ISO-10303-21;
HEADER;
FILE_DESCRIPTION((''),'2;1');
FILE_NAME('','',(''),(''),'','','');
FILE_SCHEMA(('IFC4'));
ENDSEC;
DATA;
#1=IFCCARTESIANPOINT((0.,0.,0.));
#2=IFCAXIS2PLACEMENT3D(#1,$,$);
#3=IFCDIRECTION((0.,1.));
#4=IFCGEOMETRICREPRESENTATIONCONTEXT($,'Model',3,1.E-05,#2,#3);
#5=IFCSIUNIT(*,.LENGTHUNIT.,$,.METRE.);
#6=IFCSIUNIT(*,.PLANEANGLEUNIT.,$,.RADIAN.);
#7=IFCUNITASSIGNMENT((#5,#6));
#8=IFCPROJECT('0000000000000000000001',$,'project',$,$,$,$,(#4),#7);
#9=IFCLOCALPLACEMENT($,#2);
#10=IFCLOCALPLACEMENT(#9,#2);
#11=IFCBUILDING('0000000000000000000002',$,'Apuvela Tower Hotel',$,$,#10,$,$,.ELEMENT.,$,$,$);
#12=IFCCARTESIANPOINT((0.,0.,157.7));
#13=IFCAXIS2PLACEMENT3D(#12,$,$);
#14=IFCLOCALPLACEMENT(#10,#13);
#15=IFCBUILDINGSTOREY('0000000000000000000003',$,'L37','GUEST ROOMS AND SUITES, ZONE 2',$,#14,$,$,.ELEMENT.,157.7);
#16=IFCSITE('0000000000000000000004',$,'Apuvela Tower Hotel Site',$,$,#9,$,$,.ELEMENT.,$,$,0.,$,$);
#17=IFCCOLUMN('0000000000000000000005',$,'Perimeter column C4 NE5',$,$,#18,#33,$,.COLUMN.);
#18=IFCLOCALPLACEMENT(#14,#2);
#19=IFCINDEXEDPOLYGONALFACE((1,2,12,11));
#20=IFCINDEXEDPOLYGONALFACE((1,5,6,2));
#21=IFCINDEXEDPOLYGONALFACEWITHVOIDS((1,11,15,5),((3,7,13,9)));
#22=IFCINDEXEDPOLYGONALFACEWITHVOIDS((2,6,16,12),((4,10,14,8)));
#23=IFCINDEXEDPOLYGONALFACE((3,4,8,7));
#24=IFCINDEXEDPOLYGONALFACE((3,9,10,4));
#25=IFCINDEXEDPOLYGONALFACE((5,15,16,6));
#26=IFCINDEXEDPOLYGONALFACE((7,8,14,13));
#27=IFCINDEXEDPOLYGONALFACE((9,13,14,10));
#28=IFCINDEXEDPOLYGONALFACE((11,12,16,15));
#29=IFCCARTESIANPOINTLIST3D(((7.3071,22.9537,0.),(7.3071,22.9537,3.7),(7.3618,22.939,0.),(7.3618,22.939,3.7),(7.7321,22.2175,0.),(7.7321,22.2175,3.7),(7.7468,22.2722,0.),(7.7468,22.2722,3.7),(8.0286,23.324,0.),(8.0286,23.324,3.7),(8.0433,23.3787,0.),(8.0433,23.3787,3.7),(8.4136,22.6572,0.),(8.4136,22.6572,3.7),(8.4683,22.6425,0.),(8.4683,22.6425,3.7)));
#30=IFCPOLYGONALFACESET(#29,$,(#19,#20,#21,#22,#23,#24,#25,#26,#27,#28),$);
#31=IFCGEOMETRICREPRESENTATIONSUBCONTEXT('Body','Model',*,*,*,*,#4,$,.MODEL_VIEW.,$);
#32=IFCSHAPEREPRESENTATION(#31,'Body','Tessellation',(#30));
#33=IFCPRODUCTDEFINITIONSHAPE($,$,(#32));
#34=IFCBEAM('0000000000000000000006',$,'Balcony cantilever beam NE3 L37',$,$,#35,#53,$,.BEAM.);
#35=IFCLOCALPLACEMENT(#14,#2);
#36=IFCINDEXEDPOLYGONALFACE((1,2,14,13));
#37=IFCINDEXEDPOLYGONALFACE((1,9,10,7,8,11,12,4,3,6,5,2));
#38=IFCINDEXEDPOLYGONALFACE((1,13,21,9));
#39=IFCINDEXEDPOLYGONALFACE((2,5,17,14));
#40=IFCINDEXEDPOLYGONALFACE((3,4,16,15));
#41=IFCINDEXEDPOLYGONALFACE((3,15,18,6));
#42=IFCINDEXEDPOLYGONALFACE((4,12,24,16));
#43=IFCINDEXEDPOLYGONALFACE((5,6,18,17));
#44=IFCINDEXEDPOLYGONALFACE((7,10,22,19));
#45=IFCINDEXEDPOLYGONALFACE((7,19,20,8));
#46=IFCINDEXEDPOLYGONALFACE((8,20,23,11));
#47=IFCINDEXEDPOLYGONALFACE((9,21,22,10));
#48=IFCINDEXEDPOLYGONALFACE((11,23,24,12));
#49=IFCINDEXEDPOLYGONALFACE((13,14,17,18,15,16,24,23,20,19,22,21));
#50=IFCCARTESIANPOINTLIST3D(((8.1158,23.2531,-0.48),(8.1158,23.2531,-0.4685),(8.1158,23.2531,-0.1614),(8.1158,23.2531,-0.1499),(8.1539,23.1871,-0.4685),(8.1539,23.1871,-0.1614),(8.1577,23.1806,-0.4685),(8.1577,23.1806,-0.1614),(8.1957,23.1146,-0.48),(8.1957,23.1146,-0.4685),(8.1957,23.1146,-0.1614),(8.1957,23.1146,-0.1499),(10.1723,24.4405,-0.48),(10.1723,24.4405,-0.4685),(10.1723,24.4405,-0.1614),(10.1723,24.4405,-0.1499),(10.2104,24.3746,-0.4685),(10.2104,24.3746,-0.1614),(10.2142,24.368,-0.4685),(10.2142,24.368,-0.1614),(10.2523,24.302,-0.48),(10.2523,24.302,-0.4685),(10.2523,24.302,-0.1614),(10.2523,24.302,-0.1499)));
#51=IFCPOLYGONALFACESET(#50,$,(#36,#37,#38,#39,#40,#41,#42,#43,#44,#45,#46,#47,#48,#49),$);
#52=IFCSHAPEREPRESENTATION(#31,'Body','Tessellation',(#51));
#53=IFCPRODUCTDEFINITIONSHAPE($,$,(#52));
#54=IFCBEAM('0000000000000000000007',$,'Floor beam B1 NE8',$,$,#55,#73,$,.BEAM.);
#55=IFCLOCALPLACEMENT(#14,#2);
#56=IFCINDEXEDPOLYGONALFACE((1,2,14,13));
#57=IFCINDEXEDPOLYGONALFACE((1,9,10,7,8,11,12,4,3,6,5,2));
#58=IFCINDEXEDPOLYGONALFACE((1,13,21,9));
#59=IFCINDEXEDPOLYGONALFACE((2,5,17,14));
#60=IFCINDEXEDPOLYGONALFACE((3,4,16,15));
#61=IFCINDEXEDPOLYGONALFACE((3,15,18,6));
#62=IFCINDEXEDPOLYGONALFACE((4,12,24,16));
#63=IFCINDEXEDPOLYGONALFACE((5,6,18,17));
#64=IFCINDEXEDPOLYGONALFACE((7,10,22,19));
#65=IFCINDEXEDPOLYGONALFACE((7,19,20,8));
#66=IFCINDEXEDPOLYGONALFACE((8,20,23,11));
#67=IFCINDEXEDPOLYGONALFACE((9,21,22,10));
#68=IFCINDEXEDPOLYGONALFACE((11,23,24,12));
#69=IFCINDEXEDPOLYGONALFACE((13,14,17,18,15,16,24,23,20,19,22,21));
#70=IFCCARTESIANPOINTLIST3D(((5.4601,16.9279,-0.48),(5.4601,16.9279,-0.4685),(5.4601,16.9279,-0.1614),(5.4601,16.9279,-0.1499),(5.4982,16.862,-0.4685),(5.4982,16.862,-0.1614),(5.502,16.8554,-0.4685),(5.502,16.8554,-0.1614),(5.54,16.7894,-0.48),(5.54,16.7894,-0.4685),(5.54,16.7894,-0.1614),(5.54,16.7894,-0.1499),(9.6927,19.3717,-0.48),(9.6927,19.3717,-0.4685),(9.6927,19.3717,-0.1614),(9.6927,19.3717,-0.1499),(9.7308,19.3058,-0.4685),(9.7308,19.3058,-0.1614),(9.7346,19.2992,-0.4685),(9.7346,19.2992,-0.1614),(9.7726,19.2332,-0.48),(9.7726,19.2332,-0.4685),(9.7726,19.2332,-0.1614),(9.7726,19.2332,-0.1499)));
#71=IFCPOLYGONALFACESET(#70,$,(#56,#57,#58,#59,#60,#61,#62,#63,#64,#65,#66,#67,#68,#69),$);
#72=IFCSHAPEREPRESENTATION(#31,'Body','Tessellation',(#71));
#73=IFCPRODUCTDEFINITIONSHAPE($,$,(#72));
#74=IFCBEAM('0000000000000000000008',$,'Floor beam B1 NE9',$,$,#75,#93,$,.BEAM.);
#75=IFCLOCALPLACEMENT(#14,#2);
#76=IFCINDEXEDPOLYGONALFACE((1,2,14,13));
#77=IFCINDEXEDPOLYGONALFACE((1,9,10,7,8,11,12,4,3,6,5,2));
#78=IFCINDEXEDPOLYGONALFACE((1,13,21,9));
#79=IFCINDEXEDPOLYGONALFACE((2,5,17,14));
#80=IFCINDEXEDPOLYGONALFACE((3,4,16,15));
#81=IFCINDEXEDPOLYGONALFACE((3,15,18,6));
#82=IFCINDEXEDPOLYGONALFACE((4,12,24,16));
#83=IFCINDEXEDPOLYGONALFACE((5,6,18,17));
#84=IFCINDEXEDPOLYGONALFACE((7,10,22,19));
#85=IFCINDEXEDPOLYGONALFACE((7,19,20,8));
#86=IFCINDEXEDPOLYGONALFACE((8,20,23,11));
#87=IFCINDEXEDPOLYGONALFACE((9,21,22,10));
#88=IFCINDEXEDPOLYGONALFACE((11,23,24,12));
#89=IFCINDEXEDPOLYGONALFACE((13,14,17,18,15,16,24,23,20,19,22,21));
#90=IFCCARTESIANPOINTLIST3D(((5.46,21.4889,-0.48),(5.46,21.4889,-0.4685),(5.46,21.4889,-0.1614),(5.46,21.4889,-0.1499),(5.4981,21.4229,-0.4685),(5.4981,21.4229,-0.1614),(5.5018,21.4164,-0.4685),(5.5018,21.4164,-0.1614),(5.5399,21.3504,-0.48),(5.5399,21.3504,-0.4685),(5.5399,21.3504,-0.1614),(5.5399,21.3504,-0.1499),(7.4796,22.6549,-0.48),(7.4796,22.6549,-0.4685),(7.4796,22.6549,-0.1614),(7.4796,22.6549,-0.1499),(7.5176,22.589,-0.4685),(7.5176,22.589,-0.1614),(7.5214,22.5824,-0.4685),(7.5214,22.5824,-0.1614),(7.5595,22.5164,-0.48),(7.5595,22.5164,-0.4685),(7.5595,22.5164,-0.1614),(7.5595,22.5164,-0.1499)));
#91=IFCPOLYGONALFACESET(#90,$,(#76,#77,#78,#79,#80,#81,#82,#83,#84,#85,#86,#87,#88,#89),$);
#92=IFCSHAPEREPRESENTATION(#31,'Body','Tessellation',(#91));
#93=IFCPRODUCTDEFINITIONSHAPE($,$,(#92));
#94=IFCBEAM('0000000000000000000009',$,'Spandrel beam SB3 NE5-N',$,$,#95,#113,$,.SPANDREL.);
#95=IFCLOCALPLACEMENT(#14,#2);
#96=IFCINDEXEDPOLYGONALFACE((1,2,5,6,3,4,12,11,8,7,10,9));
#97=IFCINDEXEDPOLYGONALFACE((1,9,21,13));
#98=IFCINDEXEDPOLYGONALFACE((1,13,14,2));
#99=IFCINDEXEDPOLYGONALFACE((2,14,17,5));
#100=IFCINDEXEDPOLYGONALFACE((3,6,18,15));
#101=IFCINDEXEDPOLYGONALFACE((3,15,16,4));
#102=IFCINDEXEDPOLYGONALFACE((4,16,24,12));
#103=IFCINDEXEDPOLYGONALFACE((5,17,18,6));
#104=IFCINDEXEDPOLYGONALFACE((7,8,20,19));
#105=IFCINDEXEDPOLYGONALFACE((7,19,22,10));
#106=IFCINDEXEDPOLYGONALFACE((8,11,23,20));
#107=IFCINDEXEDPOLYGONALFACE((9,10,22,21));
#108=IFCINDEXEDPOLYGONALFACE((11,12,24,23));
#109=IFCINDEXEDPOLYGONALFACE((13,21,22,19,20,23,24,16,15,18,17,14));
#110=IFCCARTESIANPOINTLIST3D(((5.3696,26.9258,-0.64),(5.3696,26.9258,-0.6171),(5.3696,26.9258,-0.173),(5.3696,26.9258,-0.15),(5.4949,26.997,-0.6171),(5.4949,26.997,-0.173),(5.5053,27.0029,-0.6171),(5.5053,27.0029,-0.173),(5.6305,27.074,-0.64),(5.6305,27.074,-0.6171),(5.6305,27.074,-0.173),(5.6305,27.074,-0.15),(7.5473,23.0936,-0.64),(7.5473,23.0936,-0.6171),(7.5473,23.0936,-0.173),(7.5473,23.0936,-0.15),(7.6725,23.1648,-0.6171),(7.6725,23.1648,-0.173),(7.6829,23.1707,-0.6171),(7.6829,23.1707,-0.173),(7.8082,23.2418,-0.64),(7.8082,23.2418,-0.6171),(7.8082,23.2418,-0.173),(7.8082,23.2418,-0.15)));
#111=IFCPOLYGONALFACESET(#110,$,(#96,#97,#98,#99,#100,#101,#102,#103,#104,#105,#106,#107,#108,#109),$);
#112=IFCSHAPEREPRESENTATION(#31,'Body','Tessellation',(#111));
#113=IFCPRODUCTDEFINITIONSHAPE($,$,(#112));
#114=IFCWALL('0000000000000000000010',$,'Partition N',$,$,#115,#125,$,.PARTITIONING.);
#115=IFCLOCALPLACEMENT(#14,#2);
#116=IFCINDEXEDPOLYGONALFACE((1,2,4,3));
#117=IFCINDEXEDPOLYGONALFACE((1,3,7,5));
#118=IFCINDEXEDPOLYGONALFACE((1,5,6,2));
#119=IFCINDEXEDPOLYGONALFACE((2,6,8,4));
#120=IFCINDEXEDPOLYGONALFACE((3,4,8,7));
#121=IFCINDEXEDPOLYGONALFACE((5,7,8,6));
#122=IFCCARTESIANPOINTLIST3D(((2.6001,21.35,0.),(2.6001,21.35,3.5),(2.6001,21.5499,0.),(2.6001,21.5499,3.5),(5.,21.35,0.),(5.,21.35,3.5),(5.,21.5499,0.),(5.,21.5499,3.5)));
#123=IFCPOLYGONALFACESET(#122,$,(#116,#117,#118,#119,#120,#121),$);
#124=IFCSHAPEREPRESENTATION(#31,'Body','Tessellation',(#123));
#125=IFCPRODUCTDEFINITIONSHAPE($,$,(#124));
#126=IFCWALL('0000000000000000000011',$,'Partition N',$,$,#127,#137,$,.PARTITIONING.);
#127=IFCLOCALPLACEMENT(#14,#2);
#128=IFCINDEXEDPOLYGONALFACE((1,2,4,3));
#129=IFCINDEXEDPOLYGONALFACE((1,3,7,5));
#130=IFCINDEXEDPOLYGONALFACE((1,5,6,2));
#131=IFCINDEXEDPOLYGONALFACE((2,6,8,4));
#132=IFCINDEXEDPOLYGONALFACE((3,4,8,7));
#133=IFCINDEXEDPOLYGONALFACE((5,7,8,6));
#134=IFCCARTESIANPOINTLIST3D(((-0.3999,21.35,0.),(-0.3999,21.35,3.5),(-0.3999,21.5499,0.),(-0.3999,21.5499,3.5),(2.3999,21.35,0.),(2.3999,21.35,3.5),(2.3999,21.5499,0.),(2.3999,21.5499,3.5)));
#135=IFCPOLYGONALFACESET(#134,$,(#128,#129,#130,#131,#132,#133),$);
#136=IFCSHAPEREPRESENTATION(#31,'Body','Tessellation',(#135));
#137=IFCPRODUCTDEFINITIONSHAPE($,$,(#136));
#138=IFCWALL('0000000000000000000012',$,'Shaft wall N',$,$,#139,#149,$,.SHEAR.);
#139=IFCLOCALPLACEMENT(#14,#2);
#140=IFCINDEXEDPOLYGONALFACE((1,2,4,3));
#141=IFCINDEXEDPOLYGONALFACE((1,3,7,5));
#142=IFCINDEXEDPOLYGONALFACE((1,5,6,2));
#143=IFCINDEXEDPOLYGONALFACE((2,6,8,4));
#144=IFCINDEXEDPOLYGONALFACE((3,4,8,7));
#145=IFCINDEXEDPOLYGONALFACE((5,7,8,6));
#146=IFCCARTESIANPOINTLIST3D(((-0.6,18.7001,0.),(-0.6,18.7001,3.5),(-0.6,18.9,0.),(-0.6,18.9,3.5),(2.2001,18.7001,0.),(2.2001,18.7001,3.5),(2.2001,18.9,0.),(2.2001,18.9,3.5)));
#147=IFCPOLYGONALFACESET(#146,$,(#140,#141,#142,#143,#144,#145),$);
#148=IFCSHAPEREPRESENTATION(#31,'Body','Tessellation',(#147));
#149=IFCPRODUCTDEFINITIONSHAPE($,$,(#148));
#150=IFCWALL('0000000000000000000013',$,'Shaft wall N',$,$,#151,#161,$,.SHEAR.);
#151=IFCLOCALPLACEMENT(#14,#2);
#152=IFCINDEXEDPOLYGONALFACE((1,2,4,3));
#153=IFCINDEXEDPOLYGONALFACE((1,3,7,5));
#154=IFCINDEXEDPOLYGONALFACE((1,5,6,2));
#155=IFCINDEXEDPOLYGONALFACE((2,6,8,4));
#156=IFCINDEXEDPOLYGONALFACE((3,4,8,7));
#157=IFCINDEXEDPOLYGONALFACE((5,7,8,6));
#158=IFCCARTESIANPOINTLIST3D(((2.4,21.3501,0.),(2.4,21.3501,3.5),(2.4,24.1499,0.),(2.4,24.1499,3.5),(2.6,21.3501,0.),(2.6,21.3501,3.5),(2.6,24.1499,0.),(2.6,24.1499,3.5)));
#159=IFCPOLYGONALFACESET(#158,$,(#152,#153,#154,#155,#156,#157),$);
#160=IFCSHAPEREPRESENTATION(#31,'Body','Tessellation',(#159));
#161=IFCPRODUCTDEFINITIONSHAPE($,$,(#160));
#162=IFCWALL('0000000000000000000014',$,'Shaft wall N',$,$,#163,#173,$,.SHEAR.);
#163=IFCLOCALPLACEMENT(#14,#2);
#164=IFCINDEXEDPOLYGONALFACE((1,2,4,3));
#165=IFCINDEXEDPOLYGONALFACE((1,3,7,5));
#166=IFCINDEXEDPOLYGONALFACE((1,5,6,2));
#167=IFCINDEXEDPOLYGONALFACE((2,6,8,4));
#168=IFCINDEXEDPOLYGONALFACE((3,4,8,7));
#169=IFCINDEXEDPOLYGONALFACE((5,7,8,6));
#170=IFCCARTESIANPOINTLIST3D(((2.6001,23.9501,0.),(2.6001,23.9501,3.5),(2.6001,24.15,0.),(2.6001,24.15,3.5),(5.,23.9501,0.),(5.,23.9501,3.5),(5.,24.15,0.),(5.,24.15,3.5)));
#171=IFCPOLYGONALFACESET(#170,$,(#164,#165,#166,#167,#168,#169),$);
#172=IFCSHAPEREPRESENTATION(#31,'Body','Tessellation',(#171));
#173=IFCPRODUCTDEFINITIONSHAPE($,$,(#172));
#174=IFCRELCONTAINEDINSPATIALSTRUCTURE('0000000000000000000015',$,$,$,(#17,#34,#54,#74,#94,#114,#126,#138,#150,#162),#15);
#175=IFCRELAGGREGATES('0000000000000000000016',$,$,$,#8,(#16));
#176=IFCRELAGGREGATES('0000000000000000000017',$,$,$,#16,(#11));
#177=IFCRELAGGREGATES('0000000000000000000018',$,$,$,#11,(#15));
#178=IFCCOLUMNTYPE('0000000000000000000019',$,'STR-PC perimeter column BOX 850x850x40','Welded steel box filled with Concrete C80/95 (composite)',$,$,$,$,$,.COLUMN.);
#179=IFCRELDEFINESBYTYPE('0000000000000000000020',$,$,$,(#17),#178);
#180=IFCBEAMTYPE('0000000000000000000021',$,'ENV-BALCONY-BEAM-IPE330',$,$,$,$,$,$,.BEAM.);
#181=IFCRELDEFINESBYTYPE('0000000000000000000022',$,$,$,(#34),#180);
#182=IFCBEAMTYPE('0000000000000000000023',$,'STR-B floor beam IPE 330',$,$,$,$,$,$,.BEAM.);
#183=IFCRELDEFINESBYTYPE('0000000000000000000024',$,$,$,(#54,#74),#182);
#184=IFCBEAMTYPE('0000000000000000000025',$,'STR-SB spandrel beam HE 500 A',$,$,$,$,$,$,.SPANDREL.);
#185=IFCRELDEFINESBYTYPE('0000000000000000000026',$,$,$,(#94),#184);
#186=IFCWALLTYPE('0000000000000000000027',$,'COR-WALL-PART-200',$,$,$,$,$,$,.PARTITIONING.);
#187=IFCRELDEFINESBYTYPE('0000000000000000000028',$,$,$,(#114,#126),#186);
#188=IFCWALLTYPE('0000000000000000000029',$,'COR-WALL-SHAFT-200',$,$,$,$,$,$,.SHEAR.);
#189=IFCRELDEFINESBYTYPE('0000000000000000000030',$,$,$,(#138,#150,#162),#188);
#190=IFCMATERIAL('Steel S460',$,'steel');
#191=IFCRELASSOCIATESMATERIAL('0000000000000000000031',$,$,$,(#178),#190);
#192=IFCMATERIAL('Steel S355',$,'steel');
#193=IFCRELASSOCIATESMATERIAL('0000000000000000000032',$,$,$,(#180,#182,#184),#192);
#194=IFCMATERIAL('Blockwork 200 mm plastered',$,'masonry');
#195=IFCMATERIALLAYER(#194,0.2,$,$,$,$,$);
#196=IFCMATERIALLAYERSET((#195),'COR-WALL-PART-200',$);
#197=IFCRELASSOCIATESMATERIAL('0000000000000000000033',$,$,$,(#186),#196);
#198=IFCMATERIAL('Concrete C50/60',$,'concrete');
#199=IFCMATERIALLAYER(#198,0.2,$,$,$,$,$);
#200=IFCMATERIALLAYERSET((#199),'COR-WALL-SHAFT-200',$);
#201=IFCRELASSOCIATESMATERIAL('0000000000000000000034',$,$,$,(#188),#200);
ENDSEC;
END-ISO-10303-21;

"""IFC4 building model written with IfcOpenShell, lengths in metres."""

from ifc_helpers import new_model, si_unit, direction, frame, frame_2d, origin, origin_2d, place, context, subcontext, project, spatial, rectangle, hollow_rectangle, i_section, extrude, material, layer, layer_set, material_profile, profile_set, type_object, element, save


model = new_model("IFC4")

# Units and contexts
model_context = context("Model", 3, precision=1e-05, world=origin(), true_north=direction((0.0, 1.0)))
body_context = subcontext(model_context, "Body", "Model", "MODEL_VIEW")
ifc_project = project(units=[si_unit("LENGTHUNIT", "METRE"), si_unit("PLANEANGLEUNIT", "RADIAN")], contexts=[model_context])

# Site, building, storey
site_placement = place(None, origin())
site = spatial("IfcSite", under=ifc_project, at=site_placement, Name="Apuvela Tower Hotel Site", CompositionType="ELEMENT", RefElevation=0.0)
building_placement = place(site_placement, origin())
building = spatial("IfcBuilding", under=site, at=building_placement, Name="Apuvela Tower Hotel", CompositionType="ELEMENT")
storey_placement = place(building_placement, frame((0.0, 0.0, 157.7)))
storey = spatial("IfcBuildingStorey", under=building, at=storey_placement, Name="L37", Description="GUEST ROOMS AND SUITES, ZONE 2", CompositionType="ELEMENT", Elevation=157.7)

# Column
ifc_material_1 = material(Name="Steel S460", Category="steel")
ifc_material_profile_1 = material_profile(ifc_material_1, hollow_rectangle(XDim=0.8501, YDim=0.8501, WallThickness=0.04, at=origin_2d()), Name="BOX 850x850x40")
ifc_material_2 = material(Name="Concrete C80/95", Category="concrete")
ifc_material_profile_2 = material_profile(ifc_material_2, rectangle(XDim=0.77, YDim=0.77, at=origin_2d()), Name="Concrete C80/95 infill")
ifc_profile_set_1 = profile_set([ifc_material_profile_1, ifc_material_profile_2], Name="Steel S460")
column_type = type_object("IfcColumnType", Name="STR-PC perimeter column BOX 850x850x40", Description="Welded steel box filled with Concrete C80/95 (composite)", PredefinedType="COLUMN", material=ifc_profile_set_1)
column_placement = place(storey_placement, frame((7.8877, 22.7981, 0.0), z_axis=(0.0, 0.0, 1.0), x_axis=(-0.5, 0.866025, 0.0)))
element("IfcColumn", 1, at=column_placement, inside=storey, type_object=column_type, Name="Perimeter column C4 NE5", PredefinedType="COLUMN", context=body_context, shape_type="SweptSolid", body=[
    extrude(hollow_rectangle(XDim=0.8501, YDim=0.8501, WallThickness=0.04, at=origin_2d()), origin(), (0.0, 0.0, 1.0), 3.7),
])

# Beams
ifc_material_3 = material(Name="Steel S355", Category="steel")
ifc_material_profile_3 = material_profile(ifc_material_3, i_section(OverallWidth=0.1599, OverallDepth=0.3301, WebThickness=0.0076, FlangeThickness=0.0115, at=origin_2d()), Name="IPE 330")
ifc_profile_set_2 = profile_set([ifc_material_profile_3], Name="Steel S355")
beam_type_1 = type_object("IfcBeamType", Name="ENV-BALCONY-BEAM-IPE330", PredefinedType="BEAM", material=ifc_profile_set_2)
beam_1_placement = place(storey_placement, frame((8.1558, 23.1838, -0.3149), z_axis=(0.866008, 0.500031, 0.0), x_axis=(-0.500031, 0.866008, 0.0)))
element("IfcBeam", 2, at=beam_1_placement, inside=storey, type_object=beam_type_1, Name="Balcony cantilever beam NE3 L37", PredefinedType="BEAM", context=body_context, shape_type="SweptSolid", body=[
    extrude(i_section(OverallWidth=0.1599, OverallDepth=0.3301, WebThickness=0.0076, FlangeThickness=0.0115, at=origin_2d()), origin(), (0.0, 0.0, 1.0), 2.3748),
])
ifc_material_profile_4 = material_profile(ifc_material_3, i_section(OverallWidth=0.1599, OverallDepth=0.3301, WebThickness=0.0076, FlangeThickness=0.0115, at=origin_2d()), Name="IPE 330")
ifc_profile_set_3 = profile_set([ifc_material_profile_4], Name="Steel S355")
beam_type_2 = type_object("IfcBeamType", Name="STR-B floor beam IPE 330", PredefinedType="BEAM", material=ifc_profile_set_3)
beam_2_placement = place(storey_placement, frame((9.7327, 19.3025, -0.3149), z_axis=(-0.866015, -0.500018, 0.0), x_axis=(0.500018, -0.866015, 0.0)))
element("IfcBeam", 3, at=beam_2_placement, inside=storey, type_object=beam_type_2, Name="Floor beam B1 NE8", PredefinedType="BEAM", context=body_context, shape_type="SweptSolid", body=[
    extrude(i_section(OverallWidth=0.1599, OverallDepth=0.3301, WebThickness=0.0076, FlangeThickness=0.0115, at=origin_2d()), origin(), (0.0, 0.0, 1.0), 4.8875),
])
beam_3_placement = place(storey_placement, frame((7.5195, 22.5857, -0.3149), z_axis=(-0.866018, -0.500012, 0.0), x_axis=(0.500012, -0.866018, 0.0)))
element("IfcBeam", 4, at=beam_3_placement, inside=storey, type_object=beam_type_2, Name="Floor beam B1 NE9", PredefinedType="BEAM", context=body_context, shape_type="SweptSolid", body=[
    extrude(i_section(OverallWidth=0.1599, OverallDepth=0.3301, WebThickness=0.0076, FlangeThickness=0.0115, at=origin_2d()), origin(), (0.0, 0.0, 1.0), 2.332),
])
ifc_material_profile_5 = material_profile(ifc_material_3, i_section(OverallWidth=0.3, OverallDepth=0.49, WebThickness=0.012, FlangeThickness=0.0229, at=origin_2d()), Name="HE 500 A")
ifc_profile_set_4 = profile_set([ifc_material_profile_5], Name="Steel S355")
beam_type_3 = type_object("IfcBeamType", Name="STR-SB spandrel beam HE 500 A", PredefinedType="SPANDREL", material=ifc_profile_set_4)
beam_4_placement = place(storey_placement, frame((7.6777, 23.1677, -0.395), z_axis=(-0.494062, 0.869427, 0.0), x_axis=(-0.869427, -0.494062, 0.0)))
element("IfcBeam", 5, at=beam_4_placement, inside=storey, type_object=beam_type_3, Name="Spandrel beam SB3 NE5-N", PredefinedType="SPANDREL", context=body_context, shape_type="SweptSolid", body=[
    extrude(i_section(OverallWidth=0.3, OverallDepth=0.49, WebThickness=0.012, FlangeThickness=0.0229, at=origin_2d()), origin(), (0.0, 0.0, 1.0), 4.4077),
])

# Walls
ifc_material_4 = material(Name="Blockwork 200 mm plastered", Category="masonry")
ifc_layer_1 = layer(ifc_material_4, 0.2)
ifc_layer_set_1 = layer_set([ifc_layer_1], Name="COR-WALL-PART-200")
wall_type_1 = type_object("IfcWallType", Name="COR-WALL-PART-200", PredefinedType="PARTITIONING", material=ifc_layer_set_1)
wall_1_placement = place(storey_placement, frame((5.0, 21.45, 0.0), z_axis=(0.0, 0.0, 1.0), x_axis=(-1.0, 0.0, 0.0)))
element("IfcWall", 6, at=wall_1_placement, inside=storey, type_object=wall_type_1, Name="Partition N", PredefinedType="PARTITIONING", context=body_context, shape_type="SweptSolid", body=[
    extrude(rectangle(XDim=2.3999, YDim=0.2, at=frame_2d((1.2, 0.0))), origin(), (0.0, 0.0, 1.0), 3.5),
])
wall_2_placement = place(storey_placement, frame((2.3999, 21.45, 0.0), z_axis=(0.0, 0.0, 1.0), x_axis=(-1.0, 0.0, 0.0)))
element("IfcWall", 7, at=wall_2_placement, inside=storey, type_object=wall_type_1, Name="Partition N", PredefinedType="PARTITIONING", context=body_context, shape_type="SweptSolid", body=[
    extrude(rectangle(XDim=2.7998, YDim=0.2, at=frame_2d((1.3999, 0.0))), origin(), (0.0, 0.0, 1.0), 3.5),
])
ifc_material_5 = material(Name="Concrete C50/60", Category="concrete")
ifc_layer_2 = layer(ifc_material_5, 0.2)
ifc_layer_set_2 = layer_set([ifc_layer_2], Name="COR-WALL-SHAFT-200")
wall_type_2 = type_object("IfcWallType", Name="COR-WALL-SHAFT-200", PredefinedType="SHEAR", material=ifc_layer_set_2)
wall_3_placement = place(storey_placement, frame((2.2, 18.8, 0.0), z_axis=(0.0, 0.0, 1.0), x_axis=(-1.0, 0.0, 0.0)))
element("IfcWall", 8, at=wall_3_placement, inside=storey, type_object=wall_type_2, Name="Shaft wall N", PredefinedType="SHEAR", context=body_context, shape_type="SweptSolid", body=[
    extrude(rectangle(XDim=2.8, YDim=0.2, at=frame_2d((1.3999, 0.0))), origin(), (0.0, 0.0, 1.0), 3.5),
])
wall_4_placement = place(storey_placement, frame((2.5, 21.3501, 0.0), z_axis=(0.0, 0.0, 1.0), x_axis=(0.0, 1.0, 0.0)))
element("IfcWall", 9, at=wall_4_placement, inside=storey, type_object=wall_type_2, Name="Shaft wall N", PredefinedType="SHEAR", context=body_context, shape_type="SweptSolid", body=[
    extrude(rectangle(XDim=2.7998, YDim=0.2, at=frame_2d((1.3999, 0.0))), origin(), (0.0, 0.0, 1.0), 3.5),
])
wall_5_placement = place(storey_placement, frame((5.0, 24.05, 0.0), z_axis=(0.0, 0.0, 1.0), x_axis=(-1.0, 0.0, 0.0)))
element("IfcWall", 10, at=wall_5_placement, inside=storey, type_object=wall_type_2, Name="Shaft wall N", PredefinedType="SHEAR", context=body_context, shape_type="SweptSolid", body=[
    extrude(rectangle(XDim=2.3999, YDim=0.2, at=frame_2d((1.2, 0.0))), origin(), (0.0, 0.0, 1.0), 3.5),
])

save(model, "model.ifc")
